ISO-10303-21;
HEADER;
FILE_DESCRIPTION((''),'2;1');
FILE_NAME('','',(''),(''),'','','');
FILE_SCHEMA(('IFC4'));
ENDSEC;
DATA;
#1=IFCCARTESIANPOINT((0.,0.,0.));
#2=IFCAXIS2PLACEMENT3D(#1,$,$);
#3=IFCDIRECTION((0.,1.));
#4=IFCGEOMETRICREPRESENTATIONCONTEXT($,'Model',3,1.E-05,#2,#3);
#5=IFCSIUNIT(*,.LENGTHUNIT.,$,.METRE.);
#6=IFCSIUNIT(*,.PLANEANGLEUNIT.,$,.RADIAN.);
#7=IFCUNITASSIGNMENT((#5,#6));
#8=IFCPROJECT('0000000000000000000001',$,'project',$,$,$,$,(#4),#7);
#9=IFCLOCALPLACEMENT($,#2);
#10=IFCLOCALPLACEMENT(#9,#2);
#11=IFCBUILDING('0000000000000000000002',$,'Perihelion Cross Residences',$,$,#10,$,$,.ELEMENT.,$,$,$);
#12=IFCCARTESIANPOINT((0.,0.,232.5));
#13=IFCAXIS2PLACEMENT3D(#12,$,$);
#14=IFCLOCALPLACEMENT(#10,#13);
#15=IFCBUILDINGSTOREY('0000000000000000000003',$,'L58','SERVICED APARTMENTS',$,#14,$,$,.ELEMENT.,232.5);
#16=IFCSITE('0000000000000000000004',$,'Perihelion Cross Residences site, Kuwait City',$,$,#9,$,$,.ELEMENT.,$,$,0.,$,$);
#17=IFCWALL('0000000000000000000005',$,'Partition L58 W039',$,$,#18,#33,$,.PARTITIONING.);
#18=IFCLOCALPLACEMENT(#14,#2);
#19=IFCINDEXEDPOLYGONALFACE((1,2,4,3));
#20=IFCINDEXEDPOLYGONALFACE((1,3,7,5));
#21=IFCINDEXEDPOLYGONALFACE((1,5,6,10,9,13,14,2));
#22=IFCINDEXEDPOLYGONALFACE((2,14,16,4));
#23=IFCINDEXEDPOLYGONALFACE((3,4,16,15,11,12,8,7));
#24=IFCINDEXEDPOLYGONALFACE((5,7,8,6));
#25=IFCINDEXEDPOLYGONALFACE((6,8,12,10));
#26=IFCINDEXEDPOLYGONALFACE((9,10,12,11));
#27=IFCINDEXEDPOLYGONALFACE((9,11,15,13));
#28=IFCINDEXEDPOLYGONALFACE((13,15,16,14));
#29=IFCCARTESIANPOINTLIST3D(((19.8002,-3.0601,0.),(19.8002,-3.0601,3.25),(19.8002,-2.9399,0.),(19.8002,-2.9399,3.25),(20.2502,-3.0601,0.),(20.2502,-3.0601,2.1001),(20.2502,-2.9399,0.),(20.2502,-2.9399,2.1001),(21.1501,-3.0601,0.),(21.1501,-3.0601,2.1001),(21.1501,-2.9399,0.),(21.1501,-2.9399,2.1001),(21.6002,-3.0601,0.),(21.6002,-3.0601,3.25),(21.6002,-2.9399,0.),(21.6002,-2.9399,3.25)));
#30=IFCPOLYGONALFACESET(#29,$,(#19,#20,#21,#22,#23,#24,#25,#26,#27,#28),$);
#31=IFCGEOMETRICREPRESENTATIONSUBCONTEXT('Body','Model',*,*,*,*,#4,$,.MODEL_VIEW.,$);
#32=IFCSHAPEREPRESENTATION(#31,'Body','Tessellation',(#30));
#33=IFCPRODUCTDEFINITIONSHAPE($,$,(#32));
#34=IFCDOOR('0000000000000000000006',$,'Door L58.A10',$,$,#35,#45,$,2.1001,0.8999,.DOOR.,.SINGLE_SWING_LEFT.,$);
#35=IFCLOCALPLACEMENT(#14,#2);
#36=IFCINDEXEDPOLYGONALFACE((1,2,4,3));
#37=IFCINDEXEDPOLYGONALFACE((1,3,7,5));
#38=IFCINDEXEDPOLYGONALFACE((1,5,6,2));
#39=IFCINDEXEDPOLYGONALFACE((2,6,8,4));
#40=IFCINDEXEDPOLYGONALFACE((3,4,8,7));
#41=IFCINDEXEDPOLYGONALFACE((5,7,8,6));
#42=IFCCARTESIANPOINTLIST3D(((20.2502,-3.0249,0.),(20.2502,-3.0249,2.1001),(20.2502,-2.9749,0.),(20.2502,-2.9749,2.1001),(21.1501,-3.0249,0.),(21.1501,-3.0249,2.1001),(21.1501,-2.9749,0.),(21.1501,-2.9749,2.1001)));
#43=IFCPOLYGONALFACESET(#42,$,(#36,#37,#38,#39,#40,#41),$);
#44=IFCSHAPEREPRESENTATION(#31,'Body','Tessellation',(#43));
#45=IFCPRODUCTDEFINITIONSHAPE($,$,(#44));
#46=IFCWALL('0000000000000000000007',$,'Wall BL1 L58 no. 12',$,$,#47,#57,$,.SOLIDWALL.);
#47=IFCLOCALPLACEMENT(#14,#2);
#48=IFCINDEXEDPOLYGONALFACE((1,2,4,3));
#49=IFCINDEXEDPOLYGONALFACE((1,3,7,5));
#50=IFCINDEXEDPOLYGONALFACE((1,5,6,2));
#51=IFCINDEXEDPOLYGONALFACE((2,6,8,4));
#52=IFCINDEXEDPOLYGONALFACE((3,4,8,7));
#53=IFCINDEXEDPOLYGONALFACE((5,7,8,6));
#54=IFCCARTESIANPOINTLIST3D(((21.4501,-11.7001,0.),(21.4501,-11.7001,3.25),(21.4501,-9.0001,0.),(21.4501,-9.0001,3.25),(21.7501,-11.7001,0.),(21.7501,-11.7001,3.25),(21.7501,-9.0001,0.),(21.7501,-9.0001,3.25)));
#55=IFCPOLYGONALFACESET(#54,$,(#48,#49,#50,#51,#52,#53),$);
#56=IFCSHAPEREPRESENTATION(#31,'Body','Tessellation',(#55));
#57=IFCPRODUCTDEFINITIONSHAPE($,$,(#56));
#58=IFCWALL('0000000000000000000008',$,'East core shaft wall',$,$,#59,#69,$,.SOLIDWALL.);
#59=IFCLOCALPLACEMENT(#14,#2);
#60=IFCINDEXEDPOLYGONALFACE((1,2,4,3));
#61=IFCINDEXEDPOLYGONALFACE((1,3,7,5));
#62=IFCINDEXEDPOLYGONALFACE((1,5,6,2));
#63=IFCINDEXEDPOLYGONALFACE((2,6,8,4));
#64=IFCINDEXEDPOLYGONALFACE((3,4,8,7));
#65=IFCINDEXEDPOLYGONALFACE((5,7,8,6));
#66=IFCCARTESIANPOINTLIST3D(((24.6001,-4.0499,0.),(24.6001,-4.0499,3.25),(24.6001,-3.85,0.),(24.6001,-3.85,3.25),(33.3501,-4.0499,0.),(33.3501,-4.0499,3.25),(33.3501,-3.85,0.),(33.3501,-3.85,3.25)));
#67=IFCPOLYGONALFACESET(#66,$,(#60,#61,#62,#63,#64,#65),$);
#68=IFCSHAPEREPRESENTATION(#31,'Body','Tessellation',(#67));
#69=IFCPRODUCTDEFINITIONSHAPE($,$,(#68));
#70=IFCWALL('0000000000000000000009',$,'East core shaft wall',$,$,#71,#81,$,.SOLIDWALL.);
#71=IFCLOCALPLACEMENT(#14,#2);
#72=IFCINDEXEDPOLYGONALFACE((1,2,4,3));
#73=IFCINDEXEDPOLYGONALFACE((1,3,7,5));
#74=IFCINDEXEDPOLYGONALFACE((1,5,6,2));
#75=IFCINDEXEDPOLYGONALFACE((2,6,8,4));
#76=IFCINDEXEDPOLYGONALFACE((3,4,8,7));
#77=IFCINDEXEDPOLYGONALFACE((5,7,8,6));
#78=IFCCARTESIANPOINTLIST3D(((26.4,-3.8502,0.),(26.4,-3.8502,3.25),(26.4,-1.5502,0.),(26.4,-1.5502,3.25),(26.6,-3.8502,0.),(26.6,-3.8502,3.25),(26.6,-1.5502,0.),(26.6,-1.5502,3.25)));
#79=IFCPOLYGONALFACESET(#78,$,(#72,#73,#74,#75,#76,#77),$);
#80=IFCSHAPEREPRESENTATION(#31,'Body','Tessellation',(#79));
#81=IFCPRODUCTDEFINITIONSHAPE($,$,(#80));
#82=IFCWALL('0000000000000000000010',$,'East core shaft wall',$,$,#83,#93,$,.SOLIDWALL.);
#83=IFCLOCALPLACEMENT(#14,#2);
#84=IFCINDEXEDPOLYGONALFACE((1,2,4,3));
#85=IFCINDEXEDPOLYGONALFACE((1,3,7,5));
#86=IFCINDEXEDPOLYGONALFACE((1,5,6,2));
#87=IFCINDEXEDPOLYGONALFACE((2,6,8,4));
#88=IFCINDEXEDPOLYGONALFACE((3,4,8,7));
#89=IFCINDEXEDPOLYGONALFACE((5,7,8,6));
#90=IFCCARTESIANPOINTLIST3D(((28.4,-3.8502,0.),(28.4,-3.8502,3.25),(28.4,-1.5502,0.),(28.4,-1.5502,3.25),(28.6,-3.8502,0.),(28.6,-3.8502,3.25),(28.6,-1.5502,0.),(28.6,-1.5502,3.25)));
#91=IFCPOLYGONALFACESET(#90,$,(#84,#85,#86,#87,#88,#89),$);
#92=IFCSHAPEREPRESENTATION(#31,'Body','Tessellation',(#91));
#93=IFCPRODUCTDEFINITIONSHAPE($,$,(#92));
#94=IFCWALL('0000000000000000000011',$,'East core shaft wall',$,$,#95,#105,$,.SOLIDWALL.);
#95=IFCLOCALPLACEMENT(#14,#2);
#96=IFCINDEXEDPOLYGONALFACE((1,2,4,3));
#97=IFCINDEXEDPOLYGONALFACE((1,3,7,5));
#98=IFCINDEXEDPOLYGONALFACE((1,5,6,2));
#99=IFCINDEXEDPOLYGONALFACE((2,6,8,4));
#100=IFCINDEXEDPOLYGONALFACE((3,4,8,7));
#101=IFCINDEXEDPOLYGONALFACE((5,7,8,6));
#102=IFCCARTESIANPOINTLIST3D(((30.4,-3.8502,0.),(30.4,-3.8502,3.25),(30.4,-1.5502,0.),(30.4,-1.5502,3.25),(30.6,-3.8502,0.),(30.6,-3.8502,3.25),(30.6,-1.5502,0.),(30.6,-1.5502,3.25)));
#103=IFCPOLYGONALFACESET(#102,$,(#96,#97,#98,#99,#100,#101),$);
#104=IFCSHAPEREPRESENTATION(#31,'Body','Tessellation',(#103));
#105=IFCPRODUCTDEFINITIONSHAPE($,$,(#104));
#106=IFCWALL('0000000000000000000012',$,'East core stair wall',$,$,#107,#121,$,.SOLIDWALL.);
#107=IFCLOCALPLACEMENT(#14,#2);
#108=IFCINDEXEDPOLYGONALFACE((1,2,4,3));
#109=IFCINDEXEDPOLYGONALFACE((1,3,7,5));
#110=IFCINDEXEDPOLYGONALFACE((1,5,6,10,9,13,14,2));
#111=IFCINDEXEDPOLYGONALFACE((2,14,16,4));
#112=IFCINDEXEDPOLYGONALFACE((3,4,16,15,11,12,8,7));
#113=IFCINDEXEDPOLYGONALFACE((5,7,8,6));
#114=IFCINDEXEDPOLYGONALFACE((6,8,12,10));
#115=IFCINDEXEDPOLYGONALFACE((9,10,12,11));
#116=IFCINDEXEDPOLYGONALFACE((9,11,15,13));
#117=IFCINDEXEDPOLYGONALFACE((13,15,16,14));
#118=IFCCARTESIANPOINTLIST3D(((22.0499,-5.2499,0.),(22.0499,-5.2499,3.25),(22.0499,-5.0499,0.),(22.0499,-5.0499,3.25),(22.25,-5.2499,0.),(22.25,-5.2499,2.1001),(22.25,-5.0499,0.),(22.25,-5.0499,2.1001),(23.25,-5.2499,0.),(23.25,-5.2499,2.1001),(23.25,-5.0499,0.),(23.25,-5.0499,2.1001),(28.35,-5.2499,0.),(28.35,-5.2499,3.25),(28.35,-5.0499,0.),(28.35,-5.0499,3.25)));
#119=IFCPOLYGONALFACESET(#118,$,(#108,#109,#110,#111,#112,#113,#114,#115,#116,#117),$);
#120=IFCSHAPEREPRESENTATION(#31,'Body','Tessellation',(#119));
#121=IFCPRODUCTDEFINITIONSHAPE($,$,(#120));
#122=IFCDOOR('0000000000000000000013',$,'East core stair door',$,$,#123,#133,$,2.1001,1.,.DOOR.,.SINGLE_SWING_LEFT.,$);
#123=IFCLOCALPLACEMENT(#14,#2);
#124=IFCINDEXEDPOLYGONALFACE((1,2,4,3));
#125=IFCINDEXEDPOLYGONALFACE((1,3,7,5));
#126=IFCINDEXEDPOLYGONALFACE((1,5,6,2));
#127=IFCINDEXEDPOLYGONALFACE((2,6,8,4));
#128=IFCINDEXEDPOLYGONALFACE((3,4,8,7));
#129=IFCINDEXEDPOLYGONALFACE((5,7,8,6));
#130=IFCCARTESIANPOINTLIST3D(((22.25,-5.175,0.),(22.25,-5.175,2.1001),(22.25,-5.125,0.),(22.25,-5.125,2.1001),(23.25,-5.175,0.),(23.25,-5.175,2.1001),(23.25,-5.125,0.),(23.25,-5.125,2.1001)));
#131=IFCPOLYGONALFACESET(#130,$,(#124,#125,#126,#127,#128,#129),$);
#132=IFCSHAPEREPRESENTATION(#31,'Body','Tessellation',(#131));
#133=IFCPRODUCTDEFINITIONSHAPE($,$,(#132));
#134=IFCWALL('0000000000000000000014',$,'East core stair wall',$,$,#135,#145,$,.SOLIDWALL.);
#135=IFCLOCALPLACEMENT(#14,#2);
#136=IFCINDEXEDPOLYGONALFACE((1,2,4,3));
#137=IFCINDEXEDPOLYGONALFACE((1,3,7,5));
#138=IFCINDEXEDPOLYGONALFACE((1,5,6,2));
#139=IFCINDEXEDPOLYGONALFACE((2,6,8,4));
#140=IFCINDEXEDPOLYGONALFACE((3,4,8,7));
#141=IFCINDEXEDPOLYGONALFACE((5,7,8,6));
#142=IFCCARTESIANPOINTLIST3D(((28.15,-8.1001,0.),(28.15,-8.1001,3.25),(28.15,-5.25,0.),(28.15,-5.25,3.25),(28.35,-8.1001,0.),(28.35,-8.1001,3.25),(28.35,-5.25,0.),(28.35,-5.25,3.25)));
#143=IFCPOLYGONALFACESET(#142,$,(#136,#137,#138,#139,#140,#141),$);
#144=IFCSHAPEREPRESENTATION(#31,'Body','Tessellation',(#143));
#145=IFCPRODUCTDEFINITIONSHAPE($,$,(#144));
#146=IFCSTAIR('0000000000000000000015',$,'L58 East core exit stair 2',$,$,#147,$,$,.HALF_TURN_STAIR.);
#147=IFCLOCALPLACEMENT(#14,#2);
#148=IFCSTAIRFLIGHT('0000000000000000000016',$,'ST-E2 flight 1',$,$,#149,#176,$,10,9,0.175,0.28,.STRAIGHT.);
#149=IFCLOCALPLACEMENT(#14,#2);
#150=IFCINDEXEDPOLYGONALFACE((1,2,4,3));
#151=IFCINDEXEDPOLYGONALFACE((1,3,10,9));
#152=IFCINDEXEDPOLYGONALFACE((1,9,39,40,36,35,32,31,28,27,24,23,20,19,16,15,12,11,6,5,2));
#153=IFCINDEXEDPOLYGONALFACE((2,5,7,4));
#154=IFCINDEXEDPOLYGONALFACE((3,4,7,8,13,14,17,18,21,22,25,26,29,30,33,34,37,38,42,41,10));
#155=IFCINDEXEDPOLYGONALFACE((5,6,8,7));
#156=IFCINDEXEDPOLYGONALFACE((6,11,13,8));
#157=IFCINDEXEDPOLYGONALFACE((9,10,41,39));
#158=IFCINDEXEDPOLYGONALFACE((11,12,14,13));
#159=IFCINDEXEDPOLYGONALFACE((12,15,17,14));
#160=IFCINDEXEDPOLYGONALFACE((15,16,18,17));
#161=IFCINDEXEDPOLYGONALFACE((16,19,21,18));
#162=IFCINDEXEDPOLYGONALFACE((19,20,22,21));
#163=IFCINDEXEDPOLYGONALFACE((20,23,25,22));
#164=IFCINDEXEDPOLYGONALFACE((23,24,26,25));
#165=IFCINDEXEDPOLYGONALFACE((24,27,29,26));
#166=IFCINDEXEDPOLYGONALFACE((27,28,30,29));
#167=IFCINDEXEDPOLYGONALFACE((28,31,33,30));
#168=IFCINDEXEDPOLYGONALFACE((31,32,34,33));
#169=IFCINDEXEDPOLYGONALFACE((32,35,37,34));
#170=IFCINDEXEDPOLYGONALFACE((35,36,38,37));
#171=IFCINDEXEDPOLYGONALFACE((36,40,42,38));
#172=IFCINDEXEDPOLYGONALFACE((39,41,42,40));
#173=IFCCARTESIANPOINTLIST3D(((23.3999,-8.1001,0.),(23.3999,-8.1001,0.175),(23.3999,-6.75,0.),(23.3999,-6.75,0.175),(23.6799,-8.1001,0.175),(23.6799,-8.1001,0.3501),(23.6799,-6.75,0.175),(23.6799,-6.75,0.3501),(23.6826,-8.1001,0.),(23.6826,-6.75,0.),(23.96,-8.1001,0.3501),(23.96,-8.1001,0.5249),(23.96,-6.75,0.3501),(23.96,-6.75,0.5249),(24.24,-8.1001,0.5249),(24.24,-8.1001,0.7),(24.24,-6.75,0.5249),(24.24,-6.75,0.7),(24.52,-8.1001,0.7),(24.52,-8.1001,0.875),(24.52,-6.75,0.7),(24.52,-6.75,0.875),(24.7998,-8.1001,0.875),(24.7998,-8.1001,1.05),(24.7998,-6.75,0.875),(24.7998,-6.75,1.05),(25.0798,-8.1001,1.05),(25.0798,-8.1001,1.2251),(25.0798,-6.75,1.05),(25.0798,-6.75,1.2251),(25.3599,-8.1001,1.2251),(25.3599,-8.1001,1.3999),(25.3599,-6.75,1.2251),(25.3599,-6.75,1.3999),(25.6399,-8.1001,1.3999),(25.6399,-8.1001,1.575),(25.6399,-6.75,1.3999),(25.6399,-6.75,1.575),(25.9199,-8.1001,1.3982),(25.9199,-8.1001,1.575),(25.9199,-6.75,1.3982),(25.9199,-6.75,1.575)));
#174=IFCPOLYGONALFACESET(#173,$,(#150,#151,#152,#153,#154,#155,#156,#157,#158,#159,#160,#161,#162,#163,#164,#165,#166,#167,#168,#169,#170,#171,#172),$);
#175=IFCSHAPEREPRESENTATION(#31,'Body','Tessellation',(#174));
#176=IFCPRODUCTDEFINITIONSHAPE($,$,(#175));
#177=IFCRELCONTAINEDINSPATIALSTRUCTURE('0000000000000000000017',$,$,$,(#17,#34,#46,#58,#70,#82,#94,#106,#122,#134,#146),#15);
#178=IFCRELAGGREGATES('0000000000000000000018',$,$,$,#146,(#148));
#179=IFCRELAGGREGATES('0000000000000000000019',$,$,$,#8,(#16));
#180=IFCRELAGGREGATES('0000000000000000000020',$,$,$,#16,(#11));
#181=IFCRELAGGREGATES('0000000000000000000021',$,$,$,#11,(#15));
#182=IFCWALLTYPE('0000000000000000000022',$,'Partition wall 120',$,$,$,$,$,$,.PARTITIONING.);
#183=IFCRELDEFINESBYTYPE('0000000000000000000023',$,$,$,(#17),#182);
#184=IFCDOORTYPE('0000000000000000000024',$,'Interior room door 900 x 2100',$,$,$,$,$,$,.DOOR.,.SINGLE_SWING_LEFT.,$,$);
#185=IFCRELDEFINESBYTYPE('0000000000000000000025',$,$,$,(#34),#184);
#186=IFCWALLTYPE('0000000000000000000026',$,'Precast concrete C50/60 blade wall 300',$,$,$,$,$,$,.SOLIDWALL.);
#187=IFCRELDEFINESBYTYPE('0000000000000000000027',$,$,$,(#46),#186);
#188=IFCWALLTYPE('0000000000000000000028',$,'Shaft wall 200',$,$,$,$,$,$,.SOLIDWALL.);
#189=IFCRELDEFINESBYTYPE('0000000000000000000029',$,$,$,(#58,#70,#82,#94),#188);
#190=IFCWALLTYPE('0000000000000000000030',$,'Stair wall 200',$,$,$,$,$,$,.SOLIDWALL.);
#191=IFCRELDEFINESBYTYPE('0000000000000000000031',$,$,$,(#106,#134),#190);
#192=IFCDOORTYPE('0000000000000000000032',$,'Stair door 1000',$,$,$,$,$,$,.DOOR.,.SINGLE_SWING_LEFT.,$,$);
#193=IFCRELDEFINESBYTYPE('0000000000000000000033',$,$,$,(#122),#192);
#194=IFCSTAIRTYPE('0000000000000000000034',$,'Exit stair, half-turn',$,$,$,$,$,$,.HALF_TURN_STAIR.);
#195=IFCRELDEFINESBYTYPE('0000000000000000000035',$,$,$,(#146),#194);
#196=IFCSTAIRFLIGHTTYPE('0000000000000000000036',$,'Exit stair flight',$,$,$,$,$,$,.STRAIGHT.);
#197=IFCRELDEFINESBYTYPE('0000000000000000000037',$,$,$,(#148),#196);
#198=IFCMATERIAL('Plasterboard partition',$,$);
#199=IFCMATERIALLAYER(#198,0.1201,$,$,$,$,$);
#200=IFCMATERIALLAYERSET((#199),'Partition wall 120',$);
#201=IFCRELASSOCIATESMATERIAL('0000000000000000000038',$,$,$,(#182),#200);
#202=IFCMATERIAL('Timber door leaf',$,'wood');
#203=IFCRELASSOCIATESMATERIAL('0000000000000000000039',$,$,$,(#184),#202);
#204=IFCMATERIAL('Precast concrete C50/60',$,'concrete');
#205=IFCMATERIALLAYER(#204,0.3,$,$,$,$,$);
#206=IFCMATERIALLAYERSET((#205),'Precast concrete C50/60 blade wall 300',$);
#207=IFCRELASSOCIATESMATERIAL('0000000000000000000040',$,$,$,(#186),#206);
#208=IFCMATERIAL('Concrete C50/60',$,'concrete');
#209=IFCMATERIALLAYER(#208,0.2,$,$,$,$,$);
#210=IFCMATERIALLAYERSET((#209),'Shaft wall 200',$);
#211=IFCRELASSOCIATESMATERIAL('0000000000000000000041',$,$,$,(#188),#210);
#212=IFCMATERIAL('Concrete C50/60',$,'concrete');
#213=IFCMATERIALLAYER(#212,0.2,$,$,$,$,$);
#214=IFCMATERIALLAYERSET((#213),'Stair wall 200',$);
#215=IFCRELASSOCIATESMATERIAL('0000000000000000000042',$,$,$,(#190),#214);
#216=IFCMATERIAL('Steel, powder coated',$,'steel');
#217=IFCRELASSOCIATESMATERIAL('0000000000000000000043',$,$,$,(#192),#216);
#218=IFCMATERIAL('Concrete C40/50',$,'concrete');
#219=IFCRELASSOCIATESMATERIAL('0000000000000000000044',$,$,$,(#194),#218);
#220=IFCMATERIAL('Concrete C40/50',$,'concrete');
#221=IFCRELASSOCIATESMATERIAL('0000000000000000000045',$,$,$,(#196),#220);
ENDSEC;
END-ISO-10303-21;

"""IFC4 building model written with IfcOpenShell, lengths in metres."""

from ifc_helpers import new_model, si_unit, direction, frame, frame_2d, origin, place, context, subcontext, project, spatial, polyline, rectangle, outline, extrude, material, layer, layer_set, type_object, element, fill, aggregate, save


model = new_model("IFC4")

# Units and contexts
model_context = context("Model", 3, precision=1e-05, world=origin(), true_north=direction((0.0, 1.0)))
body_context = subcontext(model_context, "Body", "Model", "MODEL_VIEW")
ifc_project = project(units=[si_unit("LENGTHUNIT", "METRE"), si_unit("PLANEANGLEUNIT", "RADIAN")], contexts=[model_context])

# Site, building, storey
site_placement = place(None, origin())
site = spatial("IfcSite", under=ifc_project, at=site_placement, Name="Perihelion Cross Residences site, Kuwait City", CompositionType="ELEMENT", RefElevation=0.0)
building_placement = place(site_placement, origin())
building = spatial("IfcBuilding", under=site, at=building_placement, Name="Perihelion Cross Residences", CompositionType="ELEMENT")
storey_placement = place(building_placement, frame((0.0, 0.0, 232.5)))
storey = spatial("IfcBuildingStorey", under=building, at=storey_placement, Name="L58", Description="SERVICED APARTMENTS", CompositionType="ELEMENT", Elevation=232.5)

# Wall, opening, door
ifc_material_1 = material(Name="Plasterboard partition")
ifc_layer_1 = layer(ifc_material_1, 0.1201)
ifc_layer_set_1 = layer_set([ifc_layer_1], Name="Partition wall 120")
wall_type_1 = type_object("IfcWallType", Name="Partition wall 120", PredefinedType="PARTITIONING", material=ifc_layer_set_1)
wall_1_placement = place(storey_placement, frame((21.6001, -3.0, 0.0), z_axis=(0.0, 0.0, 1.0), x_axis=(-1.0, 0.0, 0.0)))
wall_1 = element("IfcWall", 1, at=wall_1_placement, inside=storey, type_object=wall_type_1, Name="Partition L58 W039", PredefinedType="PARTITIONING", context=body_context, shape_type="SweptSolid", body=[
    extrude(rectangle(XDim=1.8, YDim=0.1201, at=frame_2d((0.8999, 0.0))), origin(), (0.0, 0.0, 1.0), 3.25),
])
opening_1_placement = place(wall_1_placement, frame((0.45, 0.0, 0.0)))
opening_1 = element("IfcOpeningElement", 2, at=opening_1_placement, cuts=wall_1, PredefinedType="OPENING", context=body_context, shape_type="SweptSolid", body=[
    extrude(rectangle(XDim=0.8999, YDim=2.1001, at=frame_2d((0.45, 1.05))), frame((0.0, 0.0701, 0.0), z_axis=(0.0, -1.0, 0.0), x_axis=(1.0, 0.0, 0.0)), (0.0, 0.0, 1.0), 0.1401),
])
ifc_material_2 = material(Name="Timber door leaf", Category="wood")
door_type_1 = type_object("IfcDoorType", Name="Interior room door 900 x 2100", OperationType="SINGLE_SWING_LEFT", PredefinedType="DOOR", material=ifc_material_2)
door_1_placement = place(opening_1_placement, origin())
door_1 = element("IfcDoor", 3, at=door_1_placement, inside=storey, type_object=door_type_1, Name="Door L58.A10", OperationType="SINGLE_SWING_LEFT", OverallHeight=2.1001, OverallWidth=0.8999, PredefinedType="DOOR", context=body_context, shape_type="SweptSolid", body=[
    extrude(rectangle(XDim=0.8999, YDim=2.1001, at=frame_2d((0.45, 1.05))), frame((0.0, 0.0249, 0.0), z_axis=(0.0, -1.0, 0.0), x_axis=(1.0, 0.0, 0.0)), (0.0, 0.0, 1.0), 0.05),
])
fill(opening_1, door_1)

# Walls
ifc_material_3 = material(Name="Precast concrete C50/60", Category="concrete")
ifc_layer_2 = layer(ifc_material_3, 0.3)
ifc_layer_set_2 = layer_set([ifc_layer_2], Name="Precast concrete C50/60 blade wall 300")
wall_type_2 = type_object("IfcWallType", Name="Precast concrete C50/60 blade wall 300", PredefinedType="SOLIDWALL", material=ifc_layer_set_2)
wall_2_placement = place(storey_placement, frame((21.6001, -9.0, 0.0), z_axis=(0.0, 0.0, 1.0), x_axis=(0.0, -1.0, 0.0)))
element("IfcWall", 4, at=wall_2_placement, inside=storey, type_object=wall_type_2, Name="Wall BL1 L58 no. 12", PredefinedType="SOLIDWALL", context=body_context, shape_type="SweptSolid", body=[
    extrude(rectangle(XDim=2.7, YDim=0.3, at=frame_2d((1.3501, 0.0))), origin(), (0.0, 0.0, 1.0), 3.25),
])
ifc_material_4 = material(Name="Concrete C50/60", Category="concrete")
ifc_layer_3 = layer(ifc_material_4, 0.2)
ifc_layer_set_3 = layer_set([ifc_layer_3], Name="Shaft wall 200")
wall_type_3 = type_object("IfcWallType", Name="Shaft wall 200", PredefinedType="SOLIDWALL", material=ifc_layer_set_3)
wall_3_placement = place(storey_placement, frame((24.6001, -3.95, 0.0), z_axis=(0.0, 0.0, 1.0), x_axis=(1.0, 0.0, 0.0)))
element("IfcWall", 5, at=wall_3_placement, inside=storey, type_object=wall_type_3, Name="East core shaft wall", PredefinedType="SOLIDWALL", context=body_context, shape_type="SweptSolid", body=[
    extrude(rectangle(XDim=8.75, YDim=0.2, at=frame_2d((4.375, 0.0))), origin(), (0.0, 0.0, 1.0), 3.25),
])
for number, where, z_axis, x_axis, name in (
    (6, (26.5, -3.8501, 0.0), (0.0, 0.0, 1.0), (0.0, 1.0, 0.0), "East core shaft wall"),
    (7, (28.5, -3.8501, 0.0), (0.0, 0.0, 1.0), (0.0, 1.0, 0.0), "East core shaft wall"),
    (8, (30.5, -3.8501, 0.0), (0.0, 0.0, 1.0), (0.0, 1.0, 0.0), "East core shaft wall"),
):
    element("IfcWall", number, at=place(storey_placement, frame(where, z_axis=z_axis, x_axis=x_axis)), inside=storey, type_object=wall_type_3, Name=name, PredefinedType="SOLIDWALL", context=body_context, shape_type="SweptSolid", body=[
        extrude(rectangle(XDim=2.3, YDim=0.2, at=frame_2d((1.1499, 0.0))), origin(), (0.0, 0.0, 1.0), 3.25),
    ])

# Wall, opening, door
ifc_material_5 = material(Name="Concrete C50/60", Category="concrete")
ifc_layer_4 = layer(ifc_material_5, 0.2)
ifc_layer_set_4 = layer_set([ifc_layer_4], Name="Stair wall 200")
wall_type_4 = type_object("IfcWallType", Name="Stair wall 200", PredefinedType="SOLIDWALL", material=ifc_layer_set_4)
wall_4_placement = place(storey_placement, frame((22.05, -5.1499, 0.0), z_axis=(0.0, 0.0, 1.0), x_axis=(1.0, 0.0, 0.0)))
wall_4 = element("IfcWall", 9, at=wall_4_placement, inside=storey, type_object=wall_type_4, Name="East core stair wall", PredefinedType="SOLIDWALL", context=body_context, shape_type="SweptSolid", body=[
    extrude(rectangle(XDim=6.3, YDim=0.2, at=frame_2d((3.1499, 0.0))), origin(), (0.0, 0.0, 1.0), 3.25),
])
opening_2_placement = place(wall_4_placement, frame((0.2, 0.0, 0.0)))
opening_2 = element("IfcOpeningElement", 10, at=opening_2_placement, cuts=wall_4, PredefinedType="OPENING", context=body_context, shape_type="SweptSolid", body=[
    extrude(rectangle(XDim=1.0, YDim=2.1001, at=frame_2d((0.5, 1.05))), frame((0.0, 0.1099, 0.0), z_axis=(0.0, -1.0, 0.0), x_axis=(1.0, 0.0, 0.0)), (0.0, 0.0, 1.0), 0.22),
])
ifc_material_6 = material(Name="Steel, powder coated", Category="steel")
door_type_2 = type_object("IfcDoorType", Name="Stair door 1000", OperationType="SINGLE_SWING_LEFT", PredefinedType="DOOR", material=ifc_material_6)
door_2_placement = place(opening_2_placement, origin())
door_2 = element("IfcDoor", 11, at=door_2_placement, inside=storey, type_object=door_type_2, Name="East core stair door", OperationType="SINGLE_SWING_LEFT", OverallHeight=2.1001, OverallWidth=1.0, PredefinedType="DOOR", context=body_context, shape_type="SweptSolid", body=[
    extrude(rectangle(XDim=1.0, YDim=2.1001, at=frame_2d((0.5, 1.05))), frame((0.0, 0.0249, 0.0), z_axis=(0.0, -1.0, 0.0), x_axis=(1.0, 0.0, 0.0)), (0.0, 0.0, 1.0), 0.05),
])
fill(opening_2, door_2)

# Wall
wall_5_placement = place(storey_placement, frame((28.25, -8.1001, 0.0), z_axis=(0.0, 0.0, 1.0), x_axis=(0.0, 1.0, 0.0)))
element("IfcWall", 12, at=wall_5_placement, inside=storey, type_object=wall_type_4, Name="East core stair wall", PredefinedType="SOLIDWALL", context=body_context, shape_type="SweptSolid", body=[
    extrude(rectangle(XDim=2.8501, YDim=0.2, at=frame_2d((1.425, 0.0))), origin(), (0.0, 0.0, 1.0), 3.25),
])

# Stair, stair flight
ifc_material_7 = material(Name="Concrete C40/50", Category="concrete")
stair_type = type_object("IfcStairType", Name="Exit stair, half-turn", PredefinedType="HALF_TURN_STAIR", material=ifc_material_7)
stair_placement = place(storey_placement, origin())
stair = element("IfcStair", 13, at=stair_placement, inside=storey, type_object=stair_type, Name="L58 East core exit stair 2", PredefinedType="HALF_TURN_STAIR")
ifc_material_8 = material(Name="Concrete C40/50", Category="concrete")
stair_flight_type = type_object("IfcStairFlightType", Name="Exit stair flight", PredefinedType="STRAIGHT", material=ifc_material_8)
stair_flight_1_placement = place(storey_placement, frame((23.3999, -7.425, 0.0), z_axis=(0.0, 0.0, 1.0), x_axis=(1.0, 0.0, 0.0)))
stair_flight_1 = element("IfcStairFlight", 14, at=stair_flight_1_placement, type_object=stair_flight_type, Name="ST-E2 flight 1", NumberOfRisers=10, NumberOfTreads=9, PredefinedType="STRAIGHT", RiserHeight=0.175, TreadLength=0.28, context=body_context, shape_type="SweptSolid", body=[
    extrude(outline(polyline([(0.0, 0.0), (0.0, 0.175), (0.28, 0.175), (0.28, 0.3501), (0.5601, 0.3501), (0.5601, 0.5249), (0.8401, 0.5249), (0.8401, 0.7), (1.1201, 0.7), (1.1201, 0.875), (1.3999, 0.875), (1.3999, 1.05), (1.6799, 1.05), (1.6799, 1.2251), (1.96, 1.2251), (1.96, 1.3999), (2.24, 1.3999), (2.24, 1.575), (2.52, 1.575), (2.52, 1.75), (2.52, 1.3982), (0.2827, 0.0), (0.0, 0.0)])), frame((0.0, 0.675, 0.0), z_axis=(0.0, -1.0, 0.0), x_axis=(1.0, 0.0, 0.0)), (0.0, 0.0, 1.0), 1.3501),
])
aggregate(stair, [stair_flight_1])

save(model, "model.ifc")
